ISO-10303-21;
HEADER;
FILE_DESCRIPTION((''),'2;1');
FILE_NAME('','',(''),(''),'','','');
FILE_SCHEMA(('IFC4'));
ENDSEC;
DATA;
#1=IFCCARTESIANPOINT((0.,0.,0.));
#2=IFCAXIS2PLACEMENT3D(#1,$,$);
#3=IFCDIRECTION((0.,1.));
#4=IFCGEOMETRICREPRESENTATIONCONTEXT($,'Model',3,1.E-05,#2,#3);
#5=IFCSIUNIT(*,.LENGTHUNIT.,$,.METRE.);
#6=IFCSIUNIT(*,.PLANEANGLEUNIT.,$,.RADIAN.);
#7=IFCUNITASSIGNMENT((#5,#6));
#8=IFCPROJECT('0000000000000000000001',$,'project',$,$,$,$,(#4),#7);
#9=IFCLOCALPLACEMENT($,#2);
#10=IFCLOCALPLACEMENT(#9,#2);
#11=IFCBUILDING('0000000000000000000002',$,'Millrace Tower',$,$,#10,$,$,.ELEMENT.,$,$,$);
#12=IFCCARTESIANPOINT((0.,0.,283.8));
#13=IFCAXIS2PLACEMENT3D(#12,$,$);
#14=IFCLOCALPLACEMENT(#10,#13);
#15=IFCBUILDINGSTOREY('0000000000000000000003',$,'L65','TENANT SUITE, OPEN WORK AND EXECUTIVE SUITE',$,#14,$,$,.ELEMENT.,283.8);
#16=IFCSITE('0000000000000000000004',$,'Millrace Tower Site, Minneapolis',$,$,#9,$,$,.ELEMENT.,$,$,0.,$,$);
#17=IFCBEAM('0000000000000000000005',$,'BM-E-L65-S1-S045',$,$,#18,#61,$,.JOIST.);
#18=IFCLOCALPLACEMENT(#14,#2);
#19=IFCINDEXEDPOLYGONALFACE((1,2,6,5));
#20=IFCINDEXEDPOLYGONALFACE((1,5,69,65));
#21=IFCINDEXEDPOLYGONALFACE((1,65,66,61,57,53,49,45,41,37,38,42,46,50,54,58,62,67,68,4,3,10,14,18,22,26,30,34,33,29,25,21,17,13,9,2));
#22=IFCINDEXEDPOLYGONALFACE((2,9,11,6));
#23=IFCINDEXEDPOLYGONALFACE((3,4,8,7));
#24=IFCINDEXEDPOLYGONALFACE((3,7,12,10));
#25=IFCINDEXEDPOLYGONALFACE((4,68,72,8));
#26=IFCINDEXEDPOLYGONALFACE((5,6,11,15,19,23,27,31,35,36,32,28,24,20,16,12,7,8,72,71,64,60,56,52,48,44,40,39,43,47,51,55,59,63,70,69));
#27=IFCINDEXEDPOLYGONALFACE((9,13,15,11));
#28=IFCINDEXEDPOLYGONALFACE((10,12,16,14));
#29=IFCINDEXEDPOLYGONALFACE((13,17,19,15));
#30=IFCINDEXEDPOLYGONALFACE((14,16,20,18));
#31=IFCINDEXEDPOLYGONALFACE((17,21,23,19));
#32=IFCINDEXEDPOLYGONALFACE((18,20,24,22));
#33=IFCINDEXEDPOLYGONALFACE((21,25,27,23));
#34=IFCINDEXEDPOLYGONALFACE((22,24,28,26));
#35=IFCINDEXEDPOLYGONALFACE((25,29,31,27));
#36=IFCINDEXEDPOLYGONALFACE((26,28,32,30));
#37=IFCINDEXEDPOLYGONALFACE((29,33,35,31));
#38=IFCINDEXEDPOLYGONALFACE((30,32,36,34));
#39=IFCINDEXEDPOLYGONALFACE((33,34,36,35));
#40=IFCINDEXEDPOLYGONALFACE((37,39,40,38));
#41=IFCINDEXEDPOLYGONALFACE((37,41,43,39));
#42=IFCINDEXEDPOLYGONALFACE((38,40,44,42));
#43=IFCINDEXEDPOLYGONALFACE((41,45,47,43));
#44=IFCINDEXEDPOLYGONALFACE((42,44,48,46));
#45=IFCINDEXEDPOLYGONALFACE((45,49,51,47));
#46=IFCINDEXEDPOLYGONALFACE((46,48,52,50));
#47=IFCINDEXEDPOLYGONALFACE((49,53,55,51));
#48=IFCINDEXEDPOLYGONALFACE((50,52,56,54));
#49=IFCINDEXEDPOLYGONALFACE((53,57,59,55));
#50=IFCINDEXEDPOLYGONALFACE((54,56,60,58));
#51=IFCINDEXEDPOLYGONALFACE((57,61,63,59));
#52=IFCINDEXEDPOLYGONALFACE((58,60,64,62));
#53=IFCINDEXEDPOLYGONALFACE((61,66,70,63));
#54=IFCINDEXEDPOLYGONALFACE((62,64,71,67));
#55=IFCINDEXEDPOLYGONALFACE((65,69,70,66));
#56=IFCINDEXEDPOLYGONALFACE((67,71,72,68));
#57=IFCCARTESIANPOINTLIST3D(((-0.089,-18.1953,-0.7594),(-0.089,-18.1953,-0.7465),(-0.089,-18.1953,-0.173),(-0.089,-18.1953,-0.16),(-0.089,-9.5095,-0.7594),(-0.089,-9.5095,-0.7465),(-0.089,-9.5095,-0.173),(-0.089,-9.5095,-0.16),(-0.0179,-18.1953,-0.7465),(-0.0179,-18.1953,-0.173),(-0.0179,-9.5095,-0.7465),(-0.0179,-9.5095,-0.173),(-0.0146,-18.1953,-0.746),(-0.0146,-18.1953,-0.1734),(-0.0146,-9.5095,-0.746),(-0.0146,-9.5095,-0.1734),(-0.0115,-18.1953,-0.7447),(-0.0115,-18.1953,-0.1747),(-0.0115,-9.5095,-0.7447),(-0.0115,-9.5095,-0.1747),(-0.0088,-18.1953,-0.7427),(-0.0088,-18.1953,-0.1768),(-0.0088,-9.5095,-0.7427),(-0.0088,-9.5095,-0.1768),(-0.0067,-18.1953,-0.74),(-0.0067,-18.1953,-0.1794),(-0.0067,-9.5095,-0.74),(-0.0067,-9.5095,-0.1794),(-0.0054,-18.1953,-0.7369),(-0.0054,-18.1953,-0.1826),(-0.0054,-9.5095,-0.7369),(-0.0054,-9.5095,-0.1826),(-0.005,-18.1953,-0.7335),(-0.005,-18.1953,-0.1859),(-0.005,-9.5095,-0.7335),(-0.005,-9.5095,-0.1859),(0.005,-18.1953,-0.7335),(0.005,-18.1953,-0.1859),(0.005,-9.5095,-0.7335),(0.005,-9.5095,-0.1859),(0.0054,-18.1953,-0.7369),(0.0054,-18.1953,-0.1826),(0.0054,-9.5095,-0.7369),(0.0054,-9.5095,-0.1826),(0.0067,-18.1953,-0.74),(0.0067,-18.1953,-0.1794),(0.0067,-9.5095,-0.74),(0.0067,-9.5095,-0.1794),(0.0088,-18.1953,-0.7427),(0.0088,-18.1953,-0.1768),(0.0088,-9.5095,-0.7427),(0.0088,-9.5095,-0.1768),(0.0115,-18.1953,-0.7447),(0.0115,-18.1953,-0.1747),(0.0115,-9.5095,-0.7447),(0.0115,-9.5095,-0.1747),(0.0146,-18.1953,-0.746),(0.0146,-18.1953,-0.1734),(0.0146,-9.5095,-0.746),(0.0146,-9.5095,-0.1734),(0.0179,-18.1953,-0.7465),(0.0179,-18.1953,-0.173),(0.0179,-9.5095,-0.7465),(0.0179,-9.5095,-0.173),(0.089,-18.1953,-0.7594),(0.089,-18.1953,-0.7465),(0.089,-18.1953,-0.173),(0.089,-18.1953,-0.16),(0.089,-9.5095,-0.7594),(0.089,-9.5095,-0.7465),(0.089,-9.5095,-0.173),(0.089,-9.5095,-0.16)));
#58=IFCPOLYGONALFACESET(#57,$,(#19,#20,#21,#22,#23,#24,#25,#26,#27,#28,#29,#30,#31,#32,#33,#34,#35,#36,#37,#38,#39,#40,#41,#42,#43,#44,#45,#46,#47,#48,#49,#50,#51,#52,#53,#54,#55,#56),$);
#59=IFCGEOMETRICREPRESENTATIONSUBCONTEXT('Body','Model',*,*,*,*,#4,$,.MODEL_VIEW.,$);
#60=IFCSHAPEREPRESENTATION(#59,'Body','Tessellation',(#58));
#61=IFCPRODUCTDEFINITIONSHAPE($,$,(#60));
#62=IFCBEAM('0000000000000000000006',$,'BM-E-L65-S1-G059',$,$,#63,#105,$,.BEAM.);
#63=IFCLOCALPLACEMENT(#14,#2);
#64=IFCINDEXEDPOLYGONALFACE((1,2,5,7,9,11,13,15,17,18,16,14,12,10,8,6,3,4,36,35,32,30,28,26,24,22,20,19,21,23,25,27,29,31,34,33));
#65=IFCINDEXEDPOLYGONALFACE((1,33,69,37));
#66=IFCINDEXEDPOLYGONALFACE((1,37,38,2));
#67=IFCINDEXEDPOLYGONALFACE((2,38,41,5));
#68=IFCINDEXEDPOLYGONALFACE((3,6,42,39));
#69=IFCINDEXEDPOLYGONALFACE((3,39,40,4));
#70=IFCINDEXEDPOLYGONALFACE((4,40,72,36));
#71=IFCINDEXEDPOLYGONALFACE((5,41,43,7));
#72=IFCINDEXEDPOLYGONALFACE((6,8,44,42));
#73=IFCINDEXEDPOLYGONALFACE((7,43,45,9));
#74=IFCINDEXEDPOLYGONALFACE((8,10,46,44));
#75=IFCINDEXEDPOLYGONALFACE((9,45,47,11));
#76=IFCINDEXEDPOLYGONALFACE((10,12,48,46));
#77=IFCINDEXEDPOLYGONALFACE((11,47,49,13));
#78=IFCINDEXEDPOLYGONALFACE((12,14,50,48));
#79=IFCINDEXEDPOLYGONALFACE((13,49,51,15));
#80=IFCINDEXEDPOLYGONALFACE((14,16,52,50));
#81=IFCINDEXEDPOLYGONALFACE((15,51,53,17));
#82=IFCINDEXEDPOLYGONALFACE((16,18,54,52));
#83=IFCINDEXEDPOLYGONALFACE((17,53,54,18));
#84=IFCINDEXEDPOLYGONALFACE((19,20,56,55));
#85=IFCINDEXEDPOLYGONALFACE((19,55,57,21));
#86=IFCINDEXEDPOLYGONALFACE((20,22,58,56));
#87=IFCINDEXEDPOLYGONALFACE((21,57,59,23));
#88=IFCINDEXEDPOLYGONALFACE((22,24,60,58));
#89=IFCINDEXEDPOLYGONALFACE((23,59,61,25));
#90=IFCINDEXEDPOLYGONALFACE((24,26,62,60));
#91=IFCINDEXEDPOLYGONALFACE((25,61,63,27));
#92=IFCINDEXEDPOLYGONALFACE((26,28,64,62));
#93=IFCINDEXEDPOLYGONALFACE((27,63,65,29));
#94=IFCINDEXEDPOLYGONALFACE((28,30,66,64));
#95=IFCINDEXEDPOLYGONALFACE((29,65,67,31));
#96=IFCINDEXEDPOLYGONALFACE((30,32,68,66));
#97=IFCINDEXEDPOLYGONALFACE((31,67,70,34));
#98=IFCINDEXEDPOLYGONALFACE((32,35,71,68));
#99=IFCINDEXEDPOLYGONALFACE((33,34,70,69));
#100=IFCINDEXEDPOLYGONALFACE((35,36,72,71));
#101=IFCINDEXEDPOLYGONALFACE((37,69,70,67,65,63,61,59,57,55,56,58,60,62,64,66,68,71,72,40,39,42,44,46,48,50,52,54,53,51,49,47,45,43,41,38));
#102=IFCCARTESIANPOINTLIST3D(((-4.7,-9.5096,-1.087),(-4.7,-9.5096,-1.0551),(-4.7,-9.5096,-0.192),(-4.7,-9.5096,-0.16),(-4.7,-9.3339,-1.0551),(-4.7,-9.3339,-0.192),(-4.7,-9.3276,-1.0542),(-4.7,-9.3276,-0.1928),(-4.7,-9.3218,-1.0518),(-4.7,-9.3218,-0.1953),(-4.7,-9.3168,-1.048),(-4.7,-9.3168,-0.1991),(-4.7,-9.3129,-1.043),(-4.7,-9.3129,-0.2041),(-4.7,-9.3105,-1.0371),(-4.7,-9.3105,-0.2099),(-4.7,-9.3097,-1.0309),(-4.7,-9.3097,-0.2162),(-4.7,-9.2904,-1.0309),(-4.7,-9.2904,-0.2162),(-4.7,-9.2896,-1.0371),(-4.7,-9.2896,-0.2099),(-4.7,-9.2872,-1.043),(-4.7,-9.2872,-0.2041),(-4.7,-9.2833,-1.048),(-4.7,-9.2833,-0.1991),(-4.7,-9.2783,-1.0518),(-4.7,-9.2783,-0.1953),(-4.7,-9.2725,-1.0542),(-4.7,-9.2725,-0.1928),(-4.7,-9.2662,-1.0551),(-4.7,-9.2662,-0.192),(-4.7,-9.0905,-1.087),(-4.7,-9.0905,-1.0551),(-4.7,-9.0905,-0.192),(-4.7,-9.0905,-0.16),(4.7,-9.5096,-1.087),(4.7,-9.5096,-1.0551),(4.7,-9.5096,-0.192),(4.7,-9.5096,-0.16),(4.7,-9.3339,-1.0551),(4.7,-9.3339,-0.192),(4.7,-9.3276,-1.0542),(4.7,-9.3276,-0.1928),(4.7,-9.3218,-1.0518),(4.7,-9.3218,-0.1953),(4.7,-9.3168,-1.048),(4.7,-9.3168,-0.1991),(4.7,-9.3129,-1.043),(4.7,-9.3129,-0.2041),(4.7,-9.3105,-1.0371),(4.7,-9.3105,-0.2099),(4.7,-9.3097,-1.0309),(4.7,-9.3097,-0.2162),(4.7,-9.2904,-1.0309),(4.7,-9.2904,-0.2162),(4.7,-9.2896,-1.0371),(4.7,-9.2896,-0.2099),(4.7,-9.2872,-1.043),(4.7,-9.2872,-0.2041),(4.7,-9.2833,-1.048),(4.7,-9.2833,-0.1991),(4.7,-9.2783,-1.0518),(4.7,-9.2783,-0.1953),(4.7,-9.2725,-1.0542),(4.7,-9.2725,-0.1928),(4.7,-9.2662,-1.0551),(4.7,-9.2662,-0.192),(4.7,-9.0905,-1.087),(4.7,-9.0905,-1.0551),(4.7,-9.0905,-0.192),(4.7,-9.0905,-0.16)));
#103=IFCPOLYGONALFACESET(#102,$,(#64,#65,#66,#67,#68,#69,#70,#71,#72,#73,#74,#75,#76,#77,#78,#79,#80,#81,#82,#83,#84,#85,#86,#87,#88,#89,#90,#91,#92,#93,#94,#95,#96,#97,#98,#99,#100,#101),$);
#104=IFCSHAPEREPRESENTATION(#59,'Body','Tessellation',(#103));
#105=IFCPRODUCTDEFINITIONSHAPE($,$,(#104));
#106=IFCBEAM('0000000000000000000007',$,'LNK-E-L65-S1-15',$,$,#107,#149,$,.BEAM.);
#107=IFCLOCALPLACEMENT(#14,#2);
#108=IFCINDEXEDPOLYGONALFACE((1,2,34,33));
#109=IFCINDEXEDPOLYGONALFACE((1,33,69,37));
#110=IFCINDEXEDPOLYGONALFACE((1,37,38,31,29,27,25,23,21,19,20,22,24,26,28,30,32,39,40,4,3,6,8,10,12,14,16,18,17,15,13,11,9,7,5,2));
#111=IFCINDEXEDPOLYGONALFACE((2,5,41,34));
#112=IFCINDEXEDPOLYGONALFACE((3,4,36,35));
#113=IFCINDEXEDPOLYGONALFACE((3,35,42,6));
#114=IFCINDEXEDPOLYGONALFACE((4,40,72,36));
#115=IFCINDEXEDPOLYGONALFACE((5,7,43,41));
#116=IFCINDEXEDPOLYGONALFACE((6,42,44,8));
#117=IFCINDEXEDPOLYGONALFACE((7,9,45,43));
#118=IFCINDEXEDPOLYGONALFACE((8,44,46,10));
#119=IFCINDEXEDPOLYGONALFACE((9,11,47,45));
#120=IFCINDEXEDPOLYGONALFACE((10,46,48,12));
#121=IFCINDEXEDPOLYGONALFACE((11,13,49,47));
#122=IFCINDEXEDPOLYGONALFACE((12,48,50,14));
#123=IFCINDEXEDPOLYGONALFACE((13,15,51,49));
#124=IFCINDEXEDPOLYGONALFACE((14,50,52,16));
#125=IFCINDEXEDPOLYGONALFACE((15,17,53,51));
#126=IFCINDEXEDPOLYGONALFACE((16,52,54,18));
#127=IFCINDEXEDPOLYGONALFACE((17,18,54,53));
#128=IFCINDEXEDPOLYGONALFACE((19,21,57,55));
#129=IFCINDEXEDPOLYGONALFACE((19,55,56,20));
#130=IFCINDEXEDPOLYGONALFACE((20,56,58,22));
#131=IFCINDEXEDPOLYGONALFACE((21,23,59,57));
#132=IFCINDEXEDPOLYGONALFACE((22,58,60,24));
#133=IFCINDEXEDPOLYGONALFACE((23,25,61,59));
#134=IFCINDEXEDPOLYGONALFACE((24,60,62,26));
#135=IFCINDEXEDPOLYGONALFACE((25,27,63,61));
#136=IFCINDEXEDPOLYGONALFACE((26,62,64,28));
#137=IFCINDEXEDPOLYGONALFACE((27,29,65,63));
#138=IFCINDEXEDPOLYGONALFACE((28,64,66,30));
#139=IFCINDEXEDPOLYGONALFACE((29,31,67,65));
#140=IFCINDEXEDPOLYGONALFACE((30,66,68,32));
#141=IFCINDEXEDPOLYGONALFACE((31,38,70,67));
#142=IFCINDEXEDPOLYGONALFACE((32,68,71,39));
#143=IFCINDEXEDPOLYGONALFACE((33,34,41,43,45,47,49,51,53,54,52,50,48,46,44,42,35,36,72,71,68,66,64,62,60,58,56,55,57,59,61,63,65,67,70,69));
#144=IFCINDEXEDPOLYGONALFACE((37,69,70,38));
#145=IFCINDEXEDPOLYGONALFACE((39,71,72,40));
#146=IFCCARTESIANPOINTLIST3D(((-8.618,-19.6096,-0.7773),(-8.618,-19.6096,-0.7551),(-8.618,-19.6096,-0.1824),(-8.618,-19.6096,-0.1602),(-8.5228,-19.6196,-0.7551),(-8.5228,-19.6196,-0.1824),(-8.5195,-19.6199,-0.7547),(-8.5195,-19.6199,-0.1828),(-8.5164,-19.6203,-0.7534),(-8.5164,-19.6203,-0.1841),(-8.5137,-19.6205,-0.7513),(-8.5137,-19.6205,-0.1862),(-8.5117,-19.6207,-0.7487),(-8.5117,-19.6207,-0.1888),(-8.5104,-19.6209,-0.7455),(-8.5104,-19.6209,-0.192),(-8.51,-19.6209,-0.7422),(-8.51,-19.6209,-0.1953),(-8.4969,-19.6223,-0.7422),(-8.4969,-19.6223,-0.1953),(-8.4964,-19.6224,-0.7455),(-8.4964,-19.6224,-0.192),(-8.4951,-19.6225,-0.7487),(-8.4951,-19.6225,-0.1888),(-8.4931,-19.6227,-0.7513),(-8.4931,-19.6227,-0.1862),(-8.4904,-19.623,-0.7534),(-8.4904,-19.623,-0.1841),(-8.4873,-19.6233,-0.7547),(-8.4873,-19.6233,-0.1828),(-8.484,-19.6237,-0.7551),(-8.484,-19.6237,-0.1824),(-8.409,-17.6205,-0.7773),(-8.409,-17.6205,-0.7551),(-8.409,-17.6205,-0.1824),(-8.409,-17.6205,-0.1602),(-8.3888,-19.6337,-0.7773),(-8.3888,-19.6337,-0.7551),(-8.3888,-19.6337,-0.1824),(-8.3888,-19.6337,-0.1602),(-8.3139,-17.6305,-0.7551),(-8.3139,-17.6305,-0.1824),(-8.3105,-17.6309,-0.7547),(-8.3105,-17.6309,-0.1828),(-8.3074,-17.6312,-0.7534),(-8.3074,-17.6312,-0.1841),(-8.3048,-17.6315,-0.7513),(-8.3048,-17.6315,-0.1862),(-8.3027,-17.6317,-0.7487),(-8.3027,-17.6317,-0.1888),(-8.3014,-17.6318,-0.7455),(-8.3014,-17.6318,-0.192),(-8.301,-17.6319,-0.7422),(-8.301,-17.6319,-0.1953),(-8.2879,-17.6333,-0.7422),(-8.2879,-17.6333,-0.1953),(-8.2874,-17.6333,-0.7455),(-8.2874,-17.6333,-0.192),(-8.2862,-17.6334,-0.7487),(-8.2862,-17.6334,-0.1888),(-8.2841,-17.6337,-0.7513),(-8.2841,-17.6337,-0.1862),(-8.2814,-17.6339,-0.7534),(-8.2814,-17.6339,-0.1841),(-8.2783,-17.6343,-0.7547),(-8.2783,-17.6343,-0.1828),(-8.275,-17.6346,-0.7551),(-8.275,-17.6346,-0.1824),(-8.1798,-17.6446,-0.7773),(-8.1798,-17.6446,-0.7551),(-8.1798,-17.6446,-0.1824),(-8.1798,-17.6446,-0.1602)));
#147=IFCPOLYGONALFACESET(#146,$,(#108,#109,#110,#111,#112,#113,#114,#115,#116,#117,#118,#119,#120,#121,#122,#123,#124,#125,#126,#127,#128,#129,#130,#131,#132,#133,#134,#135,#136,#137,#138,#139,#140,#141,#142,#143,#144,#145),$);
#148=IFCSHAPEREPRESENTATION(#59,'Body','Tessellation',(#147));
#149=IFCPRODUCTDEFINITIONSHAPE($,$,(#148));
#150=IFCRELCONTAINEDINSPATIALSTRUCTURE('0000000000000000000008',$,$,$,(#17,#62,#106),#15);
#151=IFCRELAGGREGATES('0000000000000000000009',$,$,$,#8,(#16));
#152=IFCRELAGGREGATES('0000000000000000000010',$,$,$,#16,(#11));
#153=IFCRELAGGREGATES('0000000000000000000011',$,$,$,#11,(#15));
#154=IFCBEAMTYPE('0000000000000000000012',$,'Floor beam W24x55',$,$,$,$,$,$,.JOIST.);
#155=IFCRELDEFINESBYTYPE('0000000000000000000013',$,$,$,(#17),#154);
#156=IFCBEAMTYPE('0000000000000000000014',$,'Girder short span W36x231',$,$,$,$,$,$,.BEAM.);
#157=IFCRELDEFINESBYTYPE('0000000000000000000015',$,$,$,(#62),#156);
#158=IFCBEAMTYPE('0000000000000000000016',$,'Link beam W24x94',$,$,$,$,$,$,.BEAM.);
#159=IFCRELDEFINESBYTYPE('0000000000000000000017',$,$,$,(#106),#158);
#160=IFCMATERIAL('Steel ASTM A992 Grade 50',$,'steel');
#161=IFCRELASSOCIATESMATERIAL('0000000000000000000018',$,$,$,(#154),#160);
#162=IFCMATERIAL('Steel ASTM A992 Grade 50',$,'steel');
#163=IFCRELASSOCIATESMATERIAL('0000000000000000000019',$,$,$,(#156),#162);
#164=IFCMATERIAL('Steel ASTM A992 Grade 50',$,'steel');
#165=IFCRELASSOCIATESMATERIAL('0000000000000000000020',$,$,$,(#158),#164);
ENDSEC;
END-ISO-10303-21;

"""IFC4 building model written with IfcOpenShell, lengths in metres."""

from ifc_helpers import new_model, si_unit, direction, frame, origin, origin_2d, place, context, subcontext, project, spatial, i_section, extrude, material, material_profile, profile_set, type_object, element, save


model = new_model("IFC4")

# Units and contexts
model_context = context("Model", 3, precision=1e-05, world=origin(), true_north=direction((0.0, 1.0)))
body_context = subcontext(model_context, "Body", "Model", "MODEL_VIEW")
ifc_project = project(units=[si_unit("LENGTHUNIT", "METRE"), si_unit("PLANEANGLEUNIT", "RADIAN")], contexts=[model_context])

# Site, building, storey
site_placement = place(None, origin())
site = spatial("IfcSite", under=ifc_project, at=site_placement, Name="Millrace Tower Site, Minneapolis", CompositionType="ELEMENT", RefElevation=0.0)
building_placement = place(site_placement, origin())
building = spatial("IfcBuilding", under=site, at=building_placement, Name="Millrace Tower", CompositionType="ELEMENT")
storey_placement = place(building_placement, frame((0.0, 0.0, 283.8)))
storey = spatial("IfcBuildingStorey", under=building, at=storey_placement, Name="L65", Description="TENANT SUITE, OPEN WORK AND EXECUTIVE SUITE", CompositionType="ELEMENT", Elevation=283.8)

# Beams
ifc_material_1 = material(Name="Steel ASTM A992 Grade 50", Category="steel")
ifc_material_profile_1 = material_profile(ifc_material_1, i_section(OverallWidth=0.178, OverallDepth=0.5994, WebThickness=0.01, FlangeThickness=0.0129, FilletRadius=0.0129, at=origin_2d()))
ifc_profile_set_1 = profile_set([ifc_material_profile_1], Name="Steel ASTM A992 Grade 50")
beam_type_1 = type_object("IfcBeamType", Name="Floor beam W24x55", PredefinedType="JOIST", material=ifc_profile_set_1)
beam_1_placement = place(storey_placement, frame((0.0, -18.1953, -0.4597), z_axis=(0.0, 1.0, 0.0), x_axis=(-1.0, 0.0, 0.0)))
element("IfcBeam", 1, at=beam_1_placement, inside=storey, type_object=beam_type_1, Name="BM-E-L65-S1-S045", PredefinedType="JOIST", context=body_context, shape_type="SweptSolid", body=[
    extrude(i_section(OverallWidth=0.178, OverallDepth=0.5994, WebThickness=0.01, FlangeThickness=0.0129, FilletRadius=0.0129, at=origin_2d()), origin(), (0.0, 0.0, 1.0), 8.6858),
])
ifc_material_2 = material(Name="Steel ASTM A992 Grade 50", Category="steel")
ifc_material_profile_2 = material_profile(ifc_material_2, i_section(OverallWidth=0.4192, OverallDepth=0.927, WebThickness=0.0193, FlangeThickness=0.032, FilletRadius=0.0242, at=origin_2d()))
ifc_profile_set_2 = profile_set([ifc_material_profile_2], Name="Steel ASTM A992 Grade 50")
beam_type_2 = type_object("IfcBeamType", Name="Girder short span W36x231", PredefinedType="BEAM", material=ifc_profile_set_2)
beam_2_placement = place(storey_placement, frame((-4.7, -9.3, -0.6235), z_axis=(1.0, 0.0, 0.0), x_axis=(0.0, 1.0, 0.0)))
element("IfcBeam", 2, at=beam_2_placement, inside=storey, type_object=beam_type_2, Name="BM-E-L65-S1-G059", PredefinedType="BEAM", context=body_context, shape_type="SweptSolid", body=[
    extrude(i_section(OverallWidth=0.4192, OverallDepth=0.927, WebThickness=0.0193, FlangeThickness=0.032, FilletRadius=0.0242, at=origin_2d()), origin(), (0.0, 0.0, 1.0), 9.3999),
])
ifc_material_3 = material(Name="Steel ASTM A992 Grade 50", Category="steel")
ifc_material_profile_3 = material_profile(ifc_material_3, i_section(OverallWidth=0.2305, OverallDepth=0.6172, WebThickness=0.0132, FlangeThickness=0.0222, FilletRadius=0.0129, at=origin_2d()))
ifc_profile_set_3 = profile_set([ifc_material_profile_3], Name="Steel ASTM A992 Grade 50")
beam_type_3 = type_object("IfcBeamType", Name="Link beam W24x94", PredefinedType="BEAM", material=ifc_profile_set_3)
beam_3_placement = place(storey_placement, frame((-8.2944, -17.6326, -0.4688), z_axis=(-0.104494, -0.994526, 0.0), x_axis=(0.994526, -0.104494, 0.0)))
element("IfcBeam", 3, at=beam_3_placement, inside=storey, type_object=beam_type_3, Name="LNK-E-L65-S1-15", PredefinedType="BEAM", context=body_context, shape_type="SweptSolid", body=[
    extrude(i_section(OverallWidth=0.2305, OverallDepth=0.6172, WebThickness=0.0132, FlangeThickness=0.0222, FilletRadius=0.0129, at=origin_2d()), origin(), (0.0, 0.0, 1.0), 2.0),
])

save(model, "model.ifc")
